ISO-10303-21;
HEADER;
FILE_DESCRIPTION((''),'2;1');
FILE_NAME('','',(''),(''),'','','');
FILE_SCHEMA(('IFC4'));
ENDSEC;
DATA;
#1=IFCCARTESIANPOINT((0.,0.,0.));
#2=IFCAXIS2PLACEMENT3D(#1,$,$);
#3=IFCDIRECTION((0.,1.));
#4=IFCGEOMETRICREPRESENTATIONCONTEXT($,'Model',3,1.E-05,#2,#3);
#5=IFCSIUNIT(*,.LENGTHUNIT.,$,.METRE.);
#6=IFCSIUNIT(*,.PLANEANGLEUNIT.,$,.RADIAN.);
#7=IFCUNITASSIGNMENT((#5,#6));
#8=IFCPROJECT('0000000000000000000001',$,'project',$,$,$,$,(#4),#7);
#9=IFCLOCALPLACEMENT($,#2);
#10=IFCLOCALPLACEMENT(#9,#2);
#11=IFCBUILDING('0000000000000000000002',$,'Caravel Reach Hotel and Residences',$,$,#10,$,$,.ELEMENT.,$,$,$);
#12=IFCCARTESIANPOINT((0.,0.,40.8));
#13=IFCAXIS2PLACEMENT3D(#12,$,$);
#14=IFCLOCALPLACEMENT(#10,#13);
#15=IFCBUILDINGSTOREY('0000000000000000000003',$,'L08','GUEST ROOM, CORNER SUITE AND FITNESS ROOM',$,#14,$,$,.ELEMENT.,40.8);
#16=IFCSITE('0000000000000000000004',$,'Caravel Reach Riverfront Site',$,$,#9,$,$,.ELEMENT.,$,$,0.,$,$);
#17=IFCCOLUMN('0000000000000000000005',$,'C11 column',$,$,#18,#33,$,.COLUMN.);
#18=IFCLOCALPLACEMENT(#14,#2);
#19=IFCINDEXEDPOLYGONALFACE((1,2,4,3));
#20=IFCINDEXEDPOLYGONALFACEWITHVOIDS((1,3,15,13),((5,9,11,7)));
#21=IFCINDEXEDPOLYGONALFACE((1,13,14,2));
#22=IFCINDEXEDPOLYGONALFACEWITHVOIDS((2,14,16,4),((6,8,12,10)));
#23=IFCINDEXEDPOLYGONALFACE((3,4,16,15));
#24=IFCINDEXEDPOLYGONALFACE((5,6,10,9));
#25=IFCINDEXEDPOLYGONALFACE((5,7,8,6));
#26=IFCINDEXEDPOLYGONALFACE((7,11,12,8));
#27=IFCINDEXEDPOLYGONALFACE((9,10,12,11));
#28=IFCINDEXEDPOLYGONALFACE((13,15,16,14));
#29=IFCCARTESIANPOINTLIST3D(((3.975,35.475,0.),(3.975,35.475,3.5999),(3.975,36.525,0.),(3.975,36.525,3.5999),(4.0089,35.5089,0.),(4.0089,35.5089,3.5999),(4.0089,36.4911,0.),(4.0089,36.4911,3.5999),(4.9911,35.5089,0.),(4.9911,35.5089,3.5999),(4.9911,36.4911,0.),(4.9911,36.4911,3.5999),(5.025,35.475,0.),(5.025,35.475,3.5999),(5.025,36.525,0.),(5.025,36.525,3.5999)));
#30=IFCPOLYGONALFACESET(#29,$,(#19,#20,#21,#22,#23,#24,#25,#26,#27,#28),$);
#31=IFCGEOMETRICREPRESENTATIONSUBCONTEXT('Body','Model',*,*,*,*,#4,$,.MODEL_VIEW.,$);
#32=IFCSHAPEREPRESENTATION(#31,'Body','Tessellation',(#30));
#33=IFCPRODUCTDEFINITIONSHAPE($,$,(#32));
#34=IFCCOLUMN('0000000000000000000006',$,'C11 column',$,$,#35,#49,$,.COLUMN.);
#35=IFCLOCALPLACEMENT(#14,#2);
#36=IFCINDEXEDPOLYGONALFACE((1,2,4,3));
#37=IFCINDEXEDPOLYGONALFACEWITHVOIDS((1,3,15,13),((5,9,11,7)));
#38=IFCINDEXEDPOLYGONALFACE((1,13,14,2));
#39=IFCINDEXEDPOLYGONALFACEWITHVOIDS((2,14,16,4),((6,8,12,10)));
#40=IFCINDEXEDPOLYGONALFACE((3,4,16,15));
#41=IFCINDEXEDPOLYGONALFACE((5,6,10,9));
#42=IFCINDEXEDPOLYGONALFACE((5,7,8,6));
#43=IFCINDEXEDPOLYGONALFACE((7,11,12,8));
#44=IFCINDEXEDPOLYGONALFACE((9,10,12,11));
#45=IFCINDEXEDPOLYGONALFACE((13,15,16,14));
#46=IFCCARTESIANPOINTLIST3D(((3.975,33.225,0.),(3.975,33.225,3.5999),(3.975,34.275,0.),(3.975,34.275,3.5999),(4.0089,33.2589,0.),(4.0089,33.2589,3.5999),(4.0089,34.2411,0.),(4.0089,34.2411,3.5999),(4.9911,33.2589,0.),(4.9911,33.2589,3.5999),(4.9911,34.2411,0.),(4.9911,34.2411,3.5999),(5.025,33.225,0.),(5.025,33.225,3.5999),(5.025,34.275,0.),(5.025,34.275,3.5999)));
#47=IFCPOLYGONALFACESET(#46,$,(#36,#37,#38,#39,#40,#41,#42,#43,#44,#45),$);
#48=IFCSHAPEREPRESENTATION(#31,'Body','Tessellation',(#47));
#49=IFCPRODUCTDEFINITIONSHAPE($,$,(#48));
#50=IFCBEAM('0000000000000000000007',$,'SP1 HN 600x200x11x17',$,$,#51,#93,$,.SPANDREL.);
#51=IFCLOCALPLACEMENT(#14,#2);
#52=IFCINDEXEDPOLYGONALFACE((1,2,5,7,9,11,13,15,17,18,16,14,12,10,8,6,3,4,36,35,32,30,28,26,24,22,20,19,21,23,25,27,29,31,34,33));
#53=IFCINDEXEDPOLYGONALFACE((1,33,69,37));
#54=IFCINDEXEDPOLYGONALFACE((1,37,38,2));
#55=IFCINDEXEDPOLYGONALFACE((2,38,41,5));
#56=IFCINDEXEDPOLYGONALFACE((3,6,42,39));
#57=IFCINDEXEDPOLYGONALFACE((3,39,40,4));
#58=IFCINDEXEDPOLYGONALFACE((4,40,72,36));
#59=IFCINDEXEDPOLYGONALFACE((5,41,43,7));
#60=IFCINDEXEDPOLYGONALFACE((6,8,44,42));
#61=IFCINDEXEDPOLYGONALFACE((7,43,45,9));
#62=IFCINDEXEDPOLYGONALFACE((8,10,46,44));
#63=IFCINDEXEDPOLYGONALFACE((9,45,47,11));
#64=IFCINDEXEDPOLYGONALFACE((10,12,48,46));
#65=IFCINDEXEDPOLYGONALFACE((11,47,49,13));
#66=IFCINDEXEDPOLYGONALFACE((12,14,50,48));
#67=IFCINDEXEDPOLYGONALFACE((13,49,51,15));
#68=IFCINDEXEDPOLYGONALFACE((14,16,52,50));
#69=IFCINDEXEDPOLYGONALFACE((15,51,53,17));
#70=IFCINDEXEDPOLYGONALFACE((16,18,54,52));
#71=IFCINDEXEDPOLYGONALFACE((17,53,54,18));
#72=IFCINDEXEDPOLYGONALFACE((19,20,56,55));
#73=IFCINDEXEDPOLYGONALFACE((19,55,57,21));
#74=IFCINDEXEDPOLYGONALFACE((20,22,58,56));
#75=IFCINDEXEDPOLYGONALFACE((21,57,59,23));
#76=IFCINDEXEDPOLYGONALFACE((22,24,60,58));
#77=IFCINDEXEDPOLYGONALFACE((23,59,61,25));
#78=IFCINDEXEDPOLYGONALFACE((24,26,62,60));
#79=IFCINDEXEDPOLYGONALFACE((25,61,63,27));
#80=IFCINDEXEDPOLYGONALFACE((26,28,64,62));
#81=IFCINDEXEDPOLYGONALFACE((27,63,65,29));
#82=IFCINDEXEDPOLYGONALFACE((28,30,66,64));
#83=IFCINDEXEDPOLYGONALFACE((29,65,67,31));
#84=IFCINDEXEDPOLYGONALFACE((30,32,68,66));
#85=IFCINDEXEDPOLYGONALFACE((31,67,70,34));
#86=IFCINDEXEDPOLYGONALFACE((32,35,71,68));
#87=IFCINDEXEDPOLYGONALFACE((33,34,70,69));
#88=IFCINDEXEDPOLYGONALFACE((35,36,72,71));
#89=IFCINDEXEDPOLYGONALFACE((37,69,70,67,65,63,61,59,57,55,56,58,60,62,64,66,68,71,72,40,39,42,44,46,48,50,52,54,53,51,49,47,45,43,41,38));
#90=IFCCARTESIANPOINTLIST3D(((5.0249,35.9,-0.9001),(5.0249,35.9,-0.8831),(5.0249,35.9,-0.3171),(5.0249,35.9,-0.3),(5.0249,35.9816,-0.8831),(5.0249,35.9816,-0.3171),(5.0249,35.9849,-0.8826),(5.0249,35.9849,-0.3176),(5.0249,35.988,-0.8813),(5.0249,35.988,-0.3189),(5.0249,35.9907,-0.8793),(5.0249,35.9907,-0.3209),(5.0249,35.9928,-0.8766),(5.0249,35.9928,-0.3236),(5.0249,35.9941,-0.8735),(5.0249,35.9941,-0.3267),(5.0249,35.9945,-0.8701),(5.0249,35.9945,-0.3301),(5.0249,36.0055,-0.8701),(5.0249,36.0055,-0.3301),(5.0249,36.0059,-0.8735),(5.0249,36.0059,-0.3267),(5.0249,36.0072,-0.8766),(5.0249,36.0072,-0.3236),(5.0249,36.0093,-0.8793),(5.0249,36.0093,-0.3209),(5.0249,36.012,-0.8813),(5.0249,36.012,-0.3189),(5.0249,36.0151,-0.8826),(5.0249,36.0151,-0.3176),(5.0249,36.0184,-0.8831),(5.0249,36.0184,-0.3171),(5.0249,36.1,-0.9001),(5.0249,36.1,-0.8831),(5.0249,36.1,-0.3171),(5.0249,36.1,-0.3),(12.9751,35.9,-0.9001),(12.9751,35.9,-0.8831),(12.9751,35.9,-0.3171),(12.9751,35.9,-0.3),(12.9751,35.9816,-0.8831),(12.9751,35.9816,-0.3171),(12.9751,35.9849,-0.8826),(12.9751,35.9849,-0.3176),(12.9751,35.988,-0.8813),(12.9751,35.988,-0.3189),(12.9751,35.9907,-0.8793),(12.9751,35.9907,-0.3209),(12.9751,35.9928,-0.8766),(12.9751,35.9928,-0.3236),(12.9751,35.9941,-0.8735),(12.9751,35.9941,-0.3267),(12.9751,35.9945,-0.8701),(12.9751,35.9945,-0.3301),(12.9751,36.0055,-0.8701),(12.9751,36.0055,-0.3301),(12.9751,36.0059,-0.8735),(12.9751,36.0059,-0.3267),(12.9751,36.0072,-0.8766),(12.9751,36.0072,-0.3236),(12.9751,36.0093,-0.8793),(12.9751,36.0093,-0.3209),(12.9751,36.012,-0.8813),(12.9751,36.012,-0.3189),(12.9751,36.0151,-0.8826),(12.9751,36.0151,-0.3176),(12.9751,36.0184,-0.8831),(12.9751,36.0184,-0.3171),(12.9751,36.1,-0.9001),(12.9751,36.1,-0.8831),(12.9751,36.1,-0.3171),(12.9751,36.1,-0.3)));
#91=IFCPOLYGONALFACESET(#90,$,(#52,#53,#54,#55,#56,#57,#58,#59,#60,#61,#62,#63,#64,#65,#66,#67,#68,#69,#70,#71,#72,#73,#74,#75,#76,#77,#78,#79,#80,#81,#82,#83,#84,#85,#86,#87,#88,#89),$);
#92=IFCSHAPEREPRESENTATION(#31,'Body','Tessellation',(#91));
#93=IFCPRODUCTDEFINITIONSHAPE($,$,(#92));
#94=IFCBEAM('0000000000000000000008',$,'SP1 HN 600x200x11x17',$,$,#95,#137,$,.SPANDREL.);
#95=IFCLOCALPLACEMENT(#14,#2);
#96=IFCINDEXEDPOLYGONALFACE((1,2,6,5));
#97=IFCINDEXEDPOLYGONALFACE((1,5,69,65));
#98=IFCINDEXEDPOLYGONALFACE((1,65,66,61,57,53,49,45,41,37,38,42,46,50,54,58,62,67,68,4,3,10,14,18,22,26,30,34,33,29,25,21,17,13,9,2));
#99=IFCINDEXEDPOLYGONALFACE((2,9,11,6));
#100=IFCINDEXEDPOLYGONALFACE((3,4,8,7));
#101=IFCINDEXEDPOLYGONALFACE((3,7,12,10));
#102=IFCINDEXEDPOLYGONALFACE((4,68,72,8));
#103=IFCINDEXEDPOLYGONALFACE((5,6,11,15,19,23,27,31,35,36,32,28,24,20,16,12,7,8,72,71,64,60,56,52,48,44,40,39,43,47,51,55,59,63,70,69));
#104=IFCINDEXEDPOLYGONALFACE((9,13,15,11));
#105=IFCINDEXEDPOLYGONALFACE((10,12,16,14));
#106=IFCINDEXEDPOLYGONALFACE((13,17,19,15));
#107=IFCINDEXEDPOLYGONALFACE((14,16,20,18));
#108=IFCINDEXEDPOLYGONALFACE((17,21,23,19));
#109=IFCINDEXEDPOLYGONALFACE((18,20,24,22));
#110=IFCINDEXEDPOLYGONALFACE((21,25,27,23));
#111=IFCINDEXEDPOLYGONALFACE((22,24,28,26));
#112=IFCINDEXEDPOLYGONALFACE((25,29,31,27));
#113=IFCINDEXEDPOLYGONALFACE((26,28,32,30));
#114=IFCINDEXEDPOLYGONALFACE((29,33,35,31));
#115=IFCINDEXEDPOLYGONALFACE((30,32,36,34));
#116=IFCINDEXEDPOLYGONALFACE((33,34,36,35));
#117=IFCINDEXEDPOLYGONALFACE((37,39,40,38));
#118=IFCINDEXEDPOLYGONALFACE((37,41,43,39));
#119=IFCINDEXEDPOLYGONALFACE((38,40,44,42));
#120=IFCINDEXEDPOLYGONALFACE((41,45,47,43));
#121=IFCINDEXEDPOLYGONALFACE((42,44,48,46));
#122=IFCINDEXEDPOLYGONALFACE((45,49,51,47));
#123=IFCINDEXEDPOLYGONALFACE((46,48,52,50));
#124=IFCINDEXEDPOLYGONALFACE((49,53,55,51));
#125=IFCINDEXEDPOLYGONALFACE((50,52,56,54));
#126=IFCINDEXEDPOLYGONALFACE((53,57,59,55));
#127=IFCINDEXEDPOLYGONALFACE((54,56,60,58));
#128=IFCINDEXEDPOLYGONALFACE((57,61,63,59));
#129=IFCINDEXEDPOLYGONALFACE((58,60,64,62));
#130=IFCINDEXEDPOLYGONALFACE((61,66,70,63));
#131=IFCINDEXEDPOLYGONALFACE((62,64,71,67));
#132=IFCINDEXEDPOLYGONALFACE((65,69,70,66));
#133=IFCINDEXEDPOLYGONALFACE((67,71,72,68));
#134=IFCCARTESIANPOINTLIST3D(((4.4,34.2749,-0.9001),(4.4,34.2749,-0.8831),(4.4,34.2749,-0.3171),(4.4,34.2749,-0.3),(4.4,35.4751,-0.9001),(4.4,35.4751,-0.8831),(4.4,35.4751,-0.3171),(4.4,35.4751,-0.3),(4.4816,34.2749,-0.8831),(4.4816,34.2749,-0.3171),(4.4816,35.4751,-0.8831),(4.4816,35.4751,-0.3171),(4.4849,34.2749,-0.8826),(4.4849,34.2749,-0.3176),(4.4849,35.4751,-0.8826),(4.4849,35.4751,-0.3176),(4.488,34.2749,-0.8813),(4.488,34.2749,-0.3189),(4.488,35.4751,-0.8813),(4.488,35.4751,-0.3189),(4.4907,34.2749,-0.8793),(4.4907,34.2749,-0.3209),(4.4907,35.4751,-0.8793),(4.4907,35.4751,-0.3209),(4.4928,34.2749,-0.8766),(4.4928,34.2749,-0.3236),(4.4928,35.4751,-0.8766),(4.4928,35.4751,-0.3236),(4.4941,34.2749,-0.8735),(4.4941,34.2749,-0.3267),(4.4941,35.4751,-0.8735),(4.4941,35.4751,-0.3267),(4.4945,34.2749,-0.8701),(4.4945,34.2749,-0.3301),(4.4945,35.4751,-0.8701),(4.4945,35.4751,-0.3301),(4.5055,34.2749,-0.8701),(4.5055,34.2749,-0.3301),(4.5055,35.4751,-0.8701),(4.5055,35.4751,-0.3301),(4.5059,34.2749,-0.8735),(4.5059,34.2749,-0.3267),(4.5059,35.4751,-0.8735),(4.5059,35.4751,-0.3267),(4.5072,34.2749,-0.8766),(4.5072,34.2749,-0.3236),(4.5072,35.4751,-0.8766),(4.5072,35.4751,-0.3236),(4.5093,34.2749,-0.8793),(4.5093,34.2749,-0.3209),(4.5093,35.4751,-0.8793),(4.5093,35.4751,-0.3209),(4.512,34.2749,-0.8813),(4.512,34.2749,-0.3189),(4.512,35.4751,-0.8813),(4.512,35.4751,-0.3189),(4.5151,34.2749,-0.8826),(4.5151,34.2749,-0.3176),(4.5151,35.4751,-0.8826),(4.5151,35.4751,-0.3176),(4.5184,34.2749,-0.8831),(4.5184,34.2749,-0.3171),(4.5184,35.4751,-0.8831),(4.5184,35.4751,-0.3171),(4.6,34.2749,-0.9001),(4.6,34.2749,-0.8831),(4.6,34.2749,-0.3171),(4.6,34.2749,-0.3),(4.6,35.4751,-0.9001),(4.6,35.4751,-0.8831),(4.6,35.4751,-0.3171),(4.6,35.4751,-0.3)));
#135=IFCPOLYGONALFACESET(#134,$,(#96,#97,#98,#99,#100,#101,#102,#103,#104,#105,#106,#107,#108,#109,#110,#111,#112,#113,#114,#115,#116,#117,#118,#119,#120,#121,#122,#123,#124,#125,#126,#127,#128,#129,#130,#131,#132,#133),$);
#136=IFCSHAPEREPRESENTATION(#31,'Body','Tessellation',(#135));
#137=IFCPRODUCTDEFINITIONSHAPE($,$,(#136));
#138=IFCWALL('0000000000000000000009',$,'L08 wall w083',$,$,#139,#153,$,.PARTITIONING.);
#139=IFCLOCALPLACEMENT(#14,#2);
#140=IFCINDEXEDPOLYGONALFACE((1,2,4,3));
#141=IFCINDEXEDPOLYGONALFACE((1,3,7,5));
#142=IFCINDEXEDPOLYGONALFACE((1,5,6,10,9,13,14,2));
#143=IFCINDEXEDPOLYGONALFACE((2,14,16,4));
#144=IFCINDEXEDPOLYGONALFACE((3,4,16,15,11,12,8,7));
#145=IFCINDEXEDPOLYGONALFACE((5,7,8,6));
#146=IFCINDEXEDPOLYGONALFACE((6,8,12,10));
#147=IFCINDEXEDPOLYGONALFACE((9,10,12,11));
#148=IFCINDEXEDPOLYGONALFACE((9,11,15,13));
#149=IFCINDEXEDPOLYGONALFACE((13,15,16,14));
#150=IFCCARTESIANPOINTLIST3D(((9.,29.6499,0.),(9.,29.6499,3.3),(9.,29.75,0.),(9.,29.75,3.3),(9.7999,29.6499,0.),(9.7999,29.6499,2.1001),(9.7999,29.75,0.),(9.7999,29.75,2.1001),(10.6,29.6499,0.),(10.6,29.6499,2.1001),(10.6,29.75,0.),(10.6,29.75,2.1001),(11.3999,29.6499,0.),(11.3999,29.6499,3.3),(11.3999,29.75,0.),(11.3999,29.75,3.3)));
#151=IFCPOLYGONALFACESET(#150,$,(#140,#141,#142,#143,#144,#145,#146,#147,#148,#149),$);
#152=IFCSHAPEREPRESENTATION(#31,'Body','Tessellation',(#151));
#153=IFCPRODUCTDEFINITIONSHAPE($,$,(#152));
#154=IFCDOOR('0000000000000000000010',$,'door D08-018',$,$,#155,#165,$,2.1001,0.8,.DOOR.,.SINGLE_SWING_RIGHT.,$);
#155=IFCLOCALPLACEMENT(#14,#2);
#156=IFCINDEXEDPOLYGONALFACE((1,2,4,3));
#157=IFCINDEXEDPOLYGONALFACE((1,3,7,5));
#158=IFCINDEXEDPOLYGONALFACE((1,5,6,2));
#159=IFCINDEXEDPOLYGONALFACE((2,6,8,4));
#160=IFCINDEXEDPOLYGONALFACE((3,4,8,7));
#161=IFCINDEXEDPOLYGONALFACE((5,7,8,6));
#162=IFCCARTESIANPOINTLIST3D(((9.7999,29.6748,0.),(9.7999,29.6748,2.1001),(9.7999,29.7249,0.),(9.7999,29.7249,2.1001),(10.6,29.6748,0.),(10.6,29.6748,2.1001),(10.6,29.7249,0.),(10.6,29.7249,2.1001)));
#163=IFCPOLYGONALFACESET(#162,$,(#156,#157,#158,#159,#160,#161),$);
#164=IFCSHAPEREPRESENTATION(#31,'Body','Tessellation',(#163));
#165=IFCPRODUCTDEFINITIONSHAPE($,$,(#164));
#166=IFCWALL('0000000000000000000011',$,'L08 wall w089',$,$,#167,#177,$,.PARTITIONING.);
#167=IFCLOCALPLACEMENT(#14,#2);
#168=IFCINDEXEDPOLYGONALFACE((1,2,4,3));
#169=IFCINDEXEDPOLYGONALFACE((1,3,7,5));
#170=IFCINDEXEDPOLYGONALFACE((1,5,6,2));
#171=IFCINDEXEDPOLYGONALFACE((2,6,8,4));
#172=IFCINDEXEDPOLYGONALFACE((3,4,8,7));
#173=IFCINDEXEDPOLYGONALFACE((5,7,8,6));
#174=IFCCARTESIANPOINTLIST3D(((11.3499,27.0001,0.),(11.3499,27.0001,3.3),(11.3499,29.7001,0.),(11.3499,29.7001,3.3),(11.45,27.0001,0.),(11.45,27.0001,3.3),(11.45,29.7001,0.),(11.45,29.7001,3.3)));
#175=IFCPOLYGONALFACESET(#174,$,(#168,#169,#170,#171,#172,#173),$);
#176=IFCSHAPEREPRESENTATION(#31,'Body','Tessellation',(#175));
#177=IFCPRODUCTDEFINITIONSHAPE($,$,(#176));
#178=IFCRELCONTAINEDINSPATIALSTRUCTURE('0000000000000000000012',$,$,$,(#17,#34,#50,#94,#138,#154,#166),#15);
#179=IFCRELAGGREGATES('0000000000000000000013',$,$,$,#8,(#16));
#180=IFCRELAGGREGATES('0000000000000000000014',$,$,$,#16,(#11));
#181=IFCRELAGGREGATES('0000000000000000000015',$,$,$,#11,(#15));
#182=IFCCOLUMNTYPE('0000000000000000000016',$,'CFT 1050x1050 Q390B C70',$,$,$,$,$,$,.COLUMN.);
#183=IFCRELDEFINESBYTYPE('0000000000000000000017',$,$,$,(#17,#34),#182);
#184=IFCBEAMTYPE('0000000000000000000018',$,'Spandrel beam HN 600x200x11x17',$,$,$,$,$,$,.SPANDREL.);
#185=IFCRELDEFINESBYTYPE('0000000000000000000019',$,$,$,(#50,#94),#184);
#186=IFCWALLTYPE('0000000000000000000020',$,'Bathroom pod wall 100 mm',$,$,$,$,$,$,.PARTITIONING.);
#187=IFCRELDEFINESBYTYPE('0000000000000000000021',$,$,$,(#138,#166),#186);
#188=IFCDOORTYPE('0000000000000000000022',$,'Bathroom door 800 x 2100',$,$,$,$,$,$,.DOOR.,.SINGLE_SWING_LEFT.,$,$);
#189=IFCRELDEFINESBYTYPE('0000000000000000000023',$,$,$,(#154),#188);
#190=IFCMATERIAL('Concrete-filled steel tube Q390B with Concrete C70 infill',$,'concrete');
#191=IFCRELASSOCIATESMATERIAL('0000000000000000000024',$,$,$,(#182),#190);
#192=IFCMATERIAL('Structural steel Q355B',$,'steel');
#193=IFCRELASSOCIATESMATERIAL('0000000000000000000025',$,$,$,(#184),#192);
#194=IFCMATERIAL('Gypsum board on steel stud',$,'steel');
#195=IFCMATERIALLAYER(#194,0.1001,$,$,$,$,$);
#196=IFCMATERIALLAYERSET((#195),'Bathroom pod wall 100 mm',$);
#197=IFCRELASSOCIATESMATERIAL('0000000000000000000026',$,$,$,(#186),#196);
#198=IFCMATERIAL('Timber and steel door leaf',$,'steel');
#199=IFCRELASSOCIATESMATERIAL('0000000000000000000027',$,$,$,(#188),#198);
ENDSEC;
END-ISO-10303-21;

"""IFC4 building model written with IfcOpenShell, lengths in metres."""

from ifc_helpers import new_model, si_unit, direction, frame, frame_2d, origin, origin_2d, place, context, subcontext, project, spatial, rectangle, hollow_rectangle, i_section, extrude, material, layer, layer_set, material_profile, profile_set, type_object, element, fill, save


model = new_model("IFC4")

# Units and contexts
model_context = context("Model", 3, precision=1e-05, world=origin(), true_north=direction((0.0, 1.0)))
body_context = subcontext(model_context, "Body", "Model", "MODEL_VIEW")
ifc_project = project(units=[si_unit("LENGTHUNIT", "METRE"), si_unit("PLANEANGLEUNIT", "RADIAN")], contexts=[model_context])

# Site, building, storey
site_placement = place(None, origin())
site = spatial("IfcSite", under=ifc_project, at=site_placement, Name="Caravel Reach Riverfront Site", CompositionType="ELEMENT", RefElevation=0.0)
building_placement = place(site_placement, origin())
building = spatial("IfcBuilding", under=site, at=building_placement, Name="Caravel Reach Hotel and Residences", CompositionType="ELEMENT")
storey_placement = place(building_placement, frame((0.0, 0.0, 40.8)))
storey = spatial("IfcBuildingStorey", under=building, at=storey_placement, Name="L08", Description="GUEST ROOM, CORNER SUITE AND FITNESS ROOM", CompositionType="ELEMENT", Elevation=40.8)

# Columns
ifc_material_1 = material(Name="Concrete-filled steel tube Q390B with Concrete C70 infill", Category="concrete")
ifc_material_profile_1 = material_profile(ifc_material_1, hollow_rectangle(XDim=1.05, YDim=1.05, WallThickness=0.0339, at=origin_2d()), Name="RHS 1050x1050x34")
ifc_profile_set_1 = profile_set([ifc_material_profile_1], Name="Concrete-filled steel tube Q390B with Concrete C70 infill")
column_type = type_object("IfcColumnType", Name="CFT 1050x1050 Q390B C70", PredefinedType="COLUMN", material=ifc_profile_set_1)
for number, where, z_axis, x_axis, name in (
    (1, (4.5, 36.0, 0.0), (0.0, 0.0, 1.0), (1.0, 0.0, 0.0), "C11 column"),
    (2, (4.5, 33.75, 0.0), (0.0, 0.0, 1.0), (1.0, 0.0, 0.0), "C11 column"),
):
    element("IfcColumn", number, at=place(storey_placement, frame(where, z_axis=z_axis, x_axis=x_axis)), inside=storey, type_object=column_type, Name=name, PredefinedType="COLUMN", context=body_context, shape_type="SweptSolid", body=[
        extrude(hollow_rectangle(XDim=1.05, YDim=1.05, WallThickness=0.0339, at=origin_2d()), origin(), (0.0, 0.0, 1.0), 3.5999),
    ])

# Beams
ifc_material_2 = material(Name="Structural steel Q355B", Category="steel")
ifc_material_profile_2 = material_profile(ifc_material_2, i_section(OverallWidth=0.2, OverallDepth=0.6001, WebThickness=0.011, FlangeThickness=0.0171, FilletRadius=0.0129, at=origin_2d()), Name="HN 600x200x11x17")
ifc_profile_set_2 = profile_set([ifc_material_profile_2], Name="Structural steel Q355B")
beam_type = type_object("IfcBeamType", Name="Spandrel beam HN 600x200x11x17", PredefinedType="SPANDREL", material=ifc_profile_set_2)
beam_1_placement = place(storey_placement, frame((12.9751, 36.0, -0.6001), z_axis=(-1.0, 0.0, 0.0), x_axis=(0.0, -1.0, 0.0)))
element("IfcBeam", 3, at=beam_1_placement, inside=storey, type_object=beam_type, Name="SP1 HN 600x200x11x17", PredefinedType="SPANDREL", context=body_context, shape_type="SweptSolid", body=[
    extrude(i_section(OverallWidth=0.2, OverallDepth=0.6001, WebThickness=0.011, FlangeThickness=0.0171, FilletRadius=0.0129, at=origin_2d()), origin(), (0.0, 0.0, 1.0), 7.9502),
])
beam_2_placement = place(storey_placement, frame((4.5, 35.4751, -0.6001), z_axis=(0.0, -1.0, 0.0), x_axis=(1.0, 0.0, 0.0)))
element("IfcBeam", 4, at=beam_2_placement, inside=storey, type_object=beam_type, Name="SP1 HN 600x200x11x17", PredefinedType="SPANDREL", context=body_context, shape_type="SweptSolid", body=[
    extrude(i_section(OverallWidth=0.2, OverallDepth=0.6001, WebThickness=0.011, FlangeThickness=0.0171, FilletRadius=0.0129, at=origin_2d()), origin(), (0.0, 0.0, 1.0), 1.2002),
])

# Wall, opening, door
ifc_material_3 = material(Name="Gypsum board on steel stud", Category="steel")
ifc_layer_1 = layer(ifc_material_3, 0.1001)
ifc_layer_set_1 = layer_set([ifc_layer_1], Name="Bathroom pod wall 100 mm")
wall_type_1 = type_object("IfcWallType", Name="Bathroom pod wall 100 mm", PredefinedType="PARTITIONING", material=ifc_layer_set_1)
wall_1_placement = place(storey_placement, frame((9.0, 29.7, 0.0), z_axis=(0.0, 0.0, 1.0), x_axis=(1.0, 0.0, 0.0)))
wall_1 = element("IfcWall", 5, at=wall_1_placement, inside=storey, type_object=wall_type_1, Name="L08 wall w083", PredefinedType="PARTITIONING", context=body_context, shape_type="SweptSolid", body=[
    extrude(rectangle(XDim=2.3999, YDim=0.1001, at=frame_2d((1.2, 0.0))), origin(), (0.0, 0.0, 1.0), 3.3),
])
opening_1_placement = place(wall_1_placement, frame((0.8, 0.0, 0.0)))
opening_1 = element("IfcOpeningElement", 6, at=opening_1_placement, cuts=wall_1, PredefinedType="OPENING", context=body_context, shape_type="SweptSolid", body=[
    extrude(rectangle(XDim=0.8, YDim=2.1001, at=frame_2d((0.3999, 1.05))), frame((0.0, 0.0601, 0.0), z_axis=(0.0, -1.0, 0.0), x_axis=(1.0, 0.0, 0.0)), (0.0, 0.0, 1.0), 0.1201),
])
ifc_material_4 = material(Name="Timber and steel door leaf", Category="steel")
door_type_1 = type_object("IfcDoorType", Name="Bathroom door 800 x 2100", OperationType="SINGLE_SWING_LEFT", PredefinedType="DOOR", material=ifc_material_4)
door_1_placement = place(opening_1_placement, origin())
door_1 = element("IfcDoor", 7, at=door_1_placement, inside=storey, type_object=door_type_1, Name="door D08-018", OperationType="SINGLE_SWING_RIGHT", OverallHeight=2.1001, OverallWidth=0.8, PredefinedType="DOOR", context=body_context, shape_type="SweptSolid", body=[
    extrude(rectangle(XDim=0.8, YDim=2.1001, at=frame_2d((0.3999, 1.05))), frame((0.0, 0.0249, 0.0), z_axis=(0.0, -1.0, 0.0), x_axis=(1.0, 0.0, 0.0)), (0.0, 0.0, 1.0), 0.05),
])
fill(opening_1, door_1)

# Wall
wall_2_placement = place(storey_placement, frame((11.3999, 27.0, 0.0), z_axis=(0.0, 0.0, 1.0), x_axis=(0.0, 1.0, 0.0)))
element("IfcWall", 8, at=wall_2_placement, inside=storey, type_object=wall_type_1, Name="L08 wall w089", PredefinedType="PARTITIONING", context=body_context, shape_type="SweptSolid", body=[
    extrude(rectangle(XDim=2.7, YDim=0.1001, at=frame_2d((1.3501, 0.0))), origin(), (0.0, 0.0, 1.0), 3.3),
])

save(model, "model.ifc")
